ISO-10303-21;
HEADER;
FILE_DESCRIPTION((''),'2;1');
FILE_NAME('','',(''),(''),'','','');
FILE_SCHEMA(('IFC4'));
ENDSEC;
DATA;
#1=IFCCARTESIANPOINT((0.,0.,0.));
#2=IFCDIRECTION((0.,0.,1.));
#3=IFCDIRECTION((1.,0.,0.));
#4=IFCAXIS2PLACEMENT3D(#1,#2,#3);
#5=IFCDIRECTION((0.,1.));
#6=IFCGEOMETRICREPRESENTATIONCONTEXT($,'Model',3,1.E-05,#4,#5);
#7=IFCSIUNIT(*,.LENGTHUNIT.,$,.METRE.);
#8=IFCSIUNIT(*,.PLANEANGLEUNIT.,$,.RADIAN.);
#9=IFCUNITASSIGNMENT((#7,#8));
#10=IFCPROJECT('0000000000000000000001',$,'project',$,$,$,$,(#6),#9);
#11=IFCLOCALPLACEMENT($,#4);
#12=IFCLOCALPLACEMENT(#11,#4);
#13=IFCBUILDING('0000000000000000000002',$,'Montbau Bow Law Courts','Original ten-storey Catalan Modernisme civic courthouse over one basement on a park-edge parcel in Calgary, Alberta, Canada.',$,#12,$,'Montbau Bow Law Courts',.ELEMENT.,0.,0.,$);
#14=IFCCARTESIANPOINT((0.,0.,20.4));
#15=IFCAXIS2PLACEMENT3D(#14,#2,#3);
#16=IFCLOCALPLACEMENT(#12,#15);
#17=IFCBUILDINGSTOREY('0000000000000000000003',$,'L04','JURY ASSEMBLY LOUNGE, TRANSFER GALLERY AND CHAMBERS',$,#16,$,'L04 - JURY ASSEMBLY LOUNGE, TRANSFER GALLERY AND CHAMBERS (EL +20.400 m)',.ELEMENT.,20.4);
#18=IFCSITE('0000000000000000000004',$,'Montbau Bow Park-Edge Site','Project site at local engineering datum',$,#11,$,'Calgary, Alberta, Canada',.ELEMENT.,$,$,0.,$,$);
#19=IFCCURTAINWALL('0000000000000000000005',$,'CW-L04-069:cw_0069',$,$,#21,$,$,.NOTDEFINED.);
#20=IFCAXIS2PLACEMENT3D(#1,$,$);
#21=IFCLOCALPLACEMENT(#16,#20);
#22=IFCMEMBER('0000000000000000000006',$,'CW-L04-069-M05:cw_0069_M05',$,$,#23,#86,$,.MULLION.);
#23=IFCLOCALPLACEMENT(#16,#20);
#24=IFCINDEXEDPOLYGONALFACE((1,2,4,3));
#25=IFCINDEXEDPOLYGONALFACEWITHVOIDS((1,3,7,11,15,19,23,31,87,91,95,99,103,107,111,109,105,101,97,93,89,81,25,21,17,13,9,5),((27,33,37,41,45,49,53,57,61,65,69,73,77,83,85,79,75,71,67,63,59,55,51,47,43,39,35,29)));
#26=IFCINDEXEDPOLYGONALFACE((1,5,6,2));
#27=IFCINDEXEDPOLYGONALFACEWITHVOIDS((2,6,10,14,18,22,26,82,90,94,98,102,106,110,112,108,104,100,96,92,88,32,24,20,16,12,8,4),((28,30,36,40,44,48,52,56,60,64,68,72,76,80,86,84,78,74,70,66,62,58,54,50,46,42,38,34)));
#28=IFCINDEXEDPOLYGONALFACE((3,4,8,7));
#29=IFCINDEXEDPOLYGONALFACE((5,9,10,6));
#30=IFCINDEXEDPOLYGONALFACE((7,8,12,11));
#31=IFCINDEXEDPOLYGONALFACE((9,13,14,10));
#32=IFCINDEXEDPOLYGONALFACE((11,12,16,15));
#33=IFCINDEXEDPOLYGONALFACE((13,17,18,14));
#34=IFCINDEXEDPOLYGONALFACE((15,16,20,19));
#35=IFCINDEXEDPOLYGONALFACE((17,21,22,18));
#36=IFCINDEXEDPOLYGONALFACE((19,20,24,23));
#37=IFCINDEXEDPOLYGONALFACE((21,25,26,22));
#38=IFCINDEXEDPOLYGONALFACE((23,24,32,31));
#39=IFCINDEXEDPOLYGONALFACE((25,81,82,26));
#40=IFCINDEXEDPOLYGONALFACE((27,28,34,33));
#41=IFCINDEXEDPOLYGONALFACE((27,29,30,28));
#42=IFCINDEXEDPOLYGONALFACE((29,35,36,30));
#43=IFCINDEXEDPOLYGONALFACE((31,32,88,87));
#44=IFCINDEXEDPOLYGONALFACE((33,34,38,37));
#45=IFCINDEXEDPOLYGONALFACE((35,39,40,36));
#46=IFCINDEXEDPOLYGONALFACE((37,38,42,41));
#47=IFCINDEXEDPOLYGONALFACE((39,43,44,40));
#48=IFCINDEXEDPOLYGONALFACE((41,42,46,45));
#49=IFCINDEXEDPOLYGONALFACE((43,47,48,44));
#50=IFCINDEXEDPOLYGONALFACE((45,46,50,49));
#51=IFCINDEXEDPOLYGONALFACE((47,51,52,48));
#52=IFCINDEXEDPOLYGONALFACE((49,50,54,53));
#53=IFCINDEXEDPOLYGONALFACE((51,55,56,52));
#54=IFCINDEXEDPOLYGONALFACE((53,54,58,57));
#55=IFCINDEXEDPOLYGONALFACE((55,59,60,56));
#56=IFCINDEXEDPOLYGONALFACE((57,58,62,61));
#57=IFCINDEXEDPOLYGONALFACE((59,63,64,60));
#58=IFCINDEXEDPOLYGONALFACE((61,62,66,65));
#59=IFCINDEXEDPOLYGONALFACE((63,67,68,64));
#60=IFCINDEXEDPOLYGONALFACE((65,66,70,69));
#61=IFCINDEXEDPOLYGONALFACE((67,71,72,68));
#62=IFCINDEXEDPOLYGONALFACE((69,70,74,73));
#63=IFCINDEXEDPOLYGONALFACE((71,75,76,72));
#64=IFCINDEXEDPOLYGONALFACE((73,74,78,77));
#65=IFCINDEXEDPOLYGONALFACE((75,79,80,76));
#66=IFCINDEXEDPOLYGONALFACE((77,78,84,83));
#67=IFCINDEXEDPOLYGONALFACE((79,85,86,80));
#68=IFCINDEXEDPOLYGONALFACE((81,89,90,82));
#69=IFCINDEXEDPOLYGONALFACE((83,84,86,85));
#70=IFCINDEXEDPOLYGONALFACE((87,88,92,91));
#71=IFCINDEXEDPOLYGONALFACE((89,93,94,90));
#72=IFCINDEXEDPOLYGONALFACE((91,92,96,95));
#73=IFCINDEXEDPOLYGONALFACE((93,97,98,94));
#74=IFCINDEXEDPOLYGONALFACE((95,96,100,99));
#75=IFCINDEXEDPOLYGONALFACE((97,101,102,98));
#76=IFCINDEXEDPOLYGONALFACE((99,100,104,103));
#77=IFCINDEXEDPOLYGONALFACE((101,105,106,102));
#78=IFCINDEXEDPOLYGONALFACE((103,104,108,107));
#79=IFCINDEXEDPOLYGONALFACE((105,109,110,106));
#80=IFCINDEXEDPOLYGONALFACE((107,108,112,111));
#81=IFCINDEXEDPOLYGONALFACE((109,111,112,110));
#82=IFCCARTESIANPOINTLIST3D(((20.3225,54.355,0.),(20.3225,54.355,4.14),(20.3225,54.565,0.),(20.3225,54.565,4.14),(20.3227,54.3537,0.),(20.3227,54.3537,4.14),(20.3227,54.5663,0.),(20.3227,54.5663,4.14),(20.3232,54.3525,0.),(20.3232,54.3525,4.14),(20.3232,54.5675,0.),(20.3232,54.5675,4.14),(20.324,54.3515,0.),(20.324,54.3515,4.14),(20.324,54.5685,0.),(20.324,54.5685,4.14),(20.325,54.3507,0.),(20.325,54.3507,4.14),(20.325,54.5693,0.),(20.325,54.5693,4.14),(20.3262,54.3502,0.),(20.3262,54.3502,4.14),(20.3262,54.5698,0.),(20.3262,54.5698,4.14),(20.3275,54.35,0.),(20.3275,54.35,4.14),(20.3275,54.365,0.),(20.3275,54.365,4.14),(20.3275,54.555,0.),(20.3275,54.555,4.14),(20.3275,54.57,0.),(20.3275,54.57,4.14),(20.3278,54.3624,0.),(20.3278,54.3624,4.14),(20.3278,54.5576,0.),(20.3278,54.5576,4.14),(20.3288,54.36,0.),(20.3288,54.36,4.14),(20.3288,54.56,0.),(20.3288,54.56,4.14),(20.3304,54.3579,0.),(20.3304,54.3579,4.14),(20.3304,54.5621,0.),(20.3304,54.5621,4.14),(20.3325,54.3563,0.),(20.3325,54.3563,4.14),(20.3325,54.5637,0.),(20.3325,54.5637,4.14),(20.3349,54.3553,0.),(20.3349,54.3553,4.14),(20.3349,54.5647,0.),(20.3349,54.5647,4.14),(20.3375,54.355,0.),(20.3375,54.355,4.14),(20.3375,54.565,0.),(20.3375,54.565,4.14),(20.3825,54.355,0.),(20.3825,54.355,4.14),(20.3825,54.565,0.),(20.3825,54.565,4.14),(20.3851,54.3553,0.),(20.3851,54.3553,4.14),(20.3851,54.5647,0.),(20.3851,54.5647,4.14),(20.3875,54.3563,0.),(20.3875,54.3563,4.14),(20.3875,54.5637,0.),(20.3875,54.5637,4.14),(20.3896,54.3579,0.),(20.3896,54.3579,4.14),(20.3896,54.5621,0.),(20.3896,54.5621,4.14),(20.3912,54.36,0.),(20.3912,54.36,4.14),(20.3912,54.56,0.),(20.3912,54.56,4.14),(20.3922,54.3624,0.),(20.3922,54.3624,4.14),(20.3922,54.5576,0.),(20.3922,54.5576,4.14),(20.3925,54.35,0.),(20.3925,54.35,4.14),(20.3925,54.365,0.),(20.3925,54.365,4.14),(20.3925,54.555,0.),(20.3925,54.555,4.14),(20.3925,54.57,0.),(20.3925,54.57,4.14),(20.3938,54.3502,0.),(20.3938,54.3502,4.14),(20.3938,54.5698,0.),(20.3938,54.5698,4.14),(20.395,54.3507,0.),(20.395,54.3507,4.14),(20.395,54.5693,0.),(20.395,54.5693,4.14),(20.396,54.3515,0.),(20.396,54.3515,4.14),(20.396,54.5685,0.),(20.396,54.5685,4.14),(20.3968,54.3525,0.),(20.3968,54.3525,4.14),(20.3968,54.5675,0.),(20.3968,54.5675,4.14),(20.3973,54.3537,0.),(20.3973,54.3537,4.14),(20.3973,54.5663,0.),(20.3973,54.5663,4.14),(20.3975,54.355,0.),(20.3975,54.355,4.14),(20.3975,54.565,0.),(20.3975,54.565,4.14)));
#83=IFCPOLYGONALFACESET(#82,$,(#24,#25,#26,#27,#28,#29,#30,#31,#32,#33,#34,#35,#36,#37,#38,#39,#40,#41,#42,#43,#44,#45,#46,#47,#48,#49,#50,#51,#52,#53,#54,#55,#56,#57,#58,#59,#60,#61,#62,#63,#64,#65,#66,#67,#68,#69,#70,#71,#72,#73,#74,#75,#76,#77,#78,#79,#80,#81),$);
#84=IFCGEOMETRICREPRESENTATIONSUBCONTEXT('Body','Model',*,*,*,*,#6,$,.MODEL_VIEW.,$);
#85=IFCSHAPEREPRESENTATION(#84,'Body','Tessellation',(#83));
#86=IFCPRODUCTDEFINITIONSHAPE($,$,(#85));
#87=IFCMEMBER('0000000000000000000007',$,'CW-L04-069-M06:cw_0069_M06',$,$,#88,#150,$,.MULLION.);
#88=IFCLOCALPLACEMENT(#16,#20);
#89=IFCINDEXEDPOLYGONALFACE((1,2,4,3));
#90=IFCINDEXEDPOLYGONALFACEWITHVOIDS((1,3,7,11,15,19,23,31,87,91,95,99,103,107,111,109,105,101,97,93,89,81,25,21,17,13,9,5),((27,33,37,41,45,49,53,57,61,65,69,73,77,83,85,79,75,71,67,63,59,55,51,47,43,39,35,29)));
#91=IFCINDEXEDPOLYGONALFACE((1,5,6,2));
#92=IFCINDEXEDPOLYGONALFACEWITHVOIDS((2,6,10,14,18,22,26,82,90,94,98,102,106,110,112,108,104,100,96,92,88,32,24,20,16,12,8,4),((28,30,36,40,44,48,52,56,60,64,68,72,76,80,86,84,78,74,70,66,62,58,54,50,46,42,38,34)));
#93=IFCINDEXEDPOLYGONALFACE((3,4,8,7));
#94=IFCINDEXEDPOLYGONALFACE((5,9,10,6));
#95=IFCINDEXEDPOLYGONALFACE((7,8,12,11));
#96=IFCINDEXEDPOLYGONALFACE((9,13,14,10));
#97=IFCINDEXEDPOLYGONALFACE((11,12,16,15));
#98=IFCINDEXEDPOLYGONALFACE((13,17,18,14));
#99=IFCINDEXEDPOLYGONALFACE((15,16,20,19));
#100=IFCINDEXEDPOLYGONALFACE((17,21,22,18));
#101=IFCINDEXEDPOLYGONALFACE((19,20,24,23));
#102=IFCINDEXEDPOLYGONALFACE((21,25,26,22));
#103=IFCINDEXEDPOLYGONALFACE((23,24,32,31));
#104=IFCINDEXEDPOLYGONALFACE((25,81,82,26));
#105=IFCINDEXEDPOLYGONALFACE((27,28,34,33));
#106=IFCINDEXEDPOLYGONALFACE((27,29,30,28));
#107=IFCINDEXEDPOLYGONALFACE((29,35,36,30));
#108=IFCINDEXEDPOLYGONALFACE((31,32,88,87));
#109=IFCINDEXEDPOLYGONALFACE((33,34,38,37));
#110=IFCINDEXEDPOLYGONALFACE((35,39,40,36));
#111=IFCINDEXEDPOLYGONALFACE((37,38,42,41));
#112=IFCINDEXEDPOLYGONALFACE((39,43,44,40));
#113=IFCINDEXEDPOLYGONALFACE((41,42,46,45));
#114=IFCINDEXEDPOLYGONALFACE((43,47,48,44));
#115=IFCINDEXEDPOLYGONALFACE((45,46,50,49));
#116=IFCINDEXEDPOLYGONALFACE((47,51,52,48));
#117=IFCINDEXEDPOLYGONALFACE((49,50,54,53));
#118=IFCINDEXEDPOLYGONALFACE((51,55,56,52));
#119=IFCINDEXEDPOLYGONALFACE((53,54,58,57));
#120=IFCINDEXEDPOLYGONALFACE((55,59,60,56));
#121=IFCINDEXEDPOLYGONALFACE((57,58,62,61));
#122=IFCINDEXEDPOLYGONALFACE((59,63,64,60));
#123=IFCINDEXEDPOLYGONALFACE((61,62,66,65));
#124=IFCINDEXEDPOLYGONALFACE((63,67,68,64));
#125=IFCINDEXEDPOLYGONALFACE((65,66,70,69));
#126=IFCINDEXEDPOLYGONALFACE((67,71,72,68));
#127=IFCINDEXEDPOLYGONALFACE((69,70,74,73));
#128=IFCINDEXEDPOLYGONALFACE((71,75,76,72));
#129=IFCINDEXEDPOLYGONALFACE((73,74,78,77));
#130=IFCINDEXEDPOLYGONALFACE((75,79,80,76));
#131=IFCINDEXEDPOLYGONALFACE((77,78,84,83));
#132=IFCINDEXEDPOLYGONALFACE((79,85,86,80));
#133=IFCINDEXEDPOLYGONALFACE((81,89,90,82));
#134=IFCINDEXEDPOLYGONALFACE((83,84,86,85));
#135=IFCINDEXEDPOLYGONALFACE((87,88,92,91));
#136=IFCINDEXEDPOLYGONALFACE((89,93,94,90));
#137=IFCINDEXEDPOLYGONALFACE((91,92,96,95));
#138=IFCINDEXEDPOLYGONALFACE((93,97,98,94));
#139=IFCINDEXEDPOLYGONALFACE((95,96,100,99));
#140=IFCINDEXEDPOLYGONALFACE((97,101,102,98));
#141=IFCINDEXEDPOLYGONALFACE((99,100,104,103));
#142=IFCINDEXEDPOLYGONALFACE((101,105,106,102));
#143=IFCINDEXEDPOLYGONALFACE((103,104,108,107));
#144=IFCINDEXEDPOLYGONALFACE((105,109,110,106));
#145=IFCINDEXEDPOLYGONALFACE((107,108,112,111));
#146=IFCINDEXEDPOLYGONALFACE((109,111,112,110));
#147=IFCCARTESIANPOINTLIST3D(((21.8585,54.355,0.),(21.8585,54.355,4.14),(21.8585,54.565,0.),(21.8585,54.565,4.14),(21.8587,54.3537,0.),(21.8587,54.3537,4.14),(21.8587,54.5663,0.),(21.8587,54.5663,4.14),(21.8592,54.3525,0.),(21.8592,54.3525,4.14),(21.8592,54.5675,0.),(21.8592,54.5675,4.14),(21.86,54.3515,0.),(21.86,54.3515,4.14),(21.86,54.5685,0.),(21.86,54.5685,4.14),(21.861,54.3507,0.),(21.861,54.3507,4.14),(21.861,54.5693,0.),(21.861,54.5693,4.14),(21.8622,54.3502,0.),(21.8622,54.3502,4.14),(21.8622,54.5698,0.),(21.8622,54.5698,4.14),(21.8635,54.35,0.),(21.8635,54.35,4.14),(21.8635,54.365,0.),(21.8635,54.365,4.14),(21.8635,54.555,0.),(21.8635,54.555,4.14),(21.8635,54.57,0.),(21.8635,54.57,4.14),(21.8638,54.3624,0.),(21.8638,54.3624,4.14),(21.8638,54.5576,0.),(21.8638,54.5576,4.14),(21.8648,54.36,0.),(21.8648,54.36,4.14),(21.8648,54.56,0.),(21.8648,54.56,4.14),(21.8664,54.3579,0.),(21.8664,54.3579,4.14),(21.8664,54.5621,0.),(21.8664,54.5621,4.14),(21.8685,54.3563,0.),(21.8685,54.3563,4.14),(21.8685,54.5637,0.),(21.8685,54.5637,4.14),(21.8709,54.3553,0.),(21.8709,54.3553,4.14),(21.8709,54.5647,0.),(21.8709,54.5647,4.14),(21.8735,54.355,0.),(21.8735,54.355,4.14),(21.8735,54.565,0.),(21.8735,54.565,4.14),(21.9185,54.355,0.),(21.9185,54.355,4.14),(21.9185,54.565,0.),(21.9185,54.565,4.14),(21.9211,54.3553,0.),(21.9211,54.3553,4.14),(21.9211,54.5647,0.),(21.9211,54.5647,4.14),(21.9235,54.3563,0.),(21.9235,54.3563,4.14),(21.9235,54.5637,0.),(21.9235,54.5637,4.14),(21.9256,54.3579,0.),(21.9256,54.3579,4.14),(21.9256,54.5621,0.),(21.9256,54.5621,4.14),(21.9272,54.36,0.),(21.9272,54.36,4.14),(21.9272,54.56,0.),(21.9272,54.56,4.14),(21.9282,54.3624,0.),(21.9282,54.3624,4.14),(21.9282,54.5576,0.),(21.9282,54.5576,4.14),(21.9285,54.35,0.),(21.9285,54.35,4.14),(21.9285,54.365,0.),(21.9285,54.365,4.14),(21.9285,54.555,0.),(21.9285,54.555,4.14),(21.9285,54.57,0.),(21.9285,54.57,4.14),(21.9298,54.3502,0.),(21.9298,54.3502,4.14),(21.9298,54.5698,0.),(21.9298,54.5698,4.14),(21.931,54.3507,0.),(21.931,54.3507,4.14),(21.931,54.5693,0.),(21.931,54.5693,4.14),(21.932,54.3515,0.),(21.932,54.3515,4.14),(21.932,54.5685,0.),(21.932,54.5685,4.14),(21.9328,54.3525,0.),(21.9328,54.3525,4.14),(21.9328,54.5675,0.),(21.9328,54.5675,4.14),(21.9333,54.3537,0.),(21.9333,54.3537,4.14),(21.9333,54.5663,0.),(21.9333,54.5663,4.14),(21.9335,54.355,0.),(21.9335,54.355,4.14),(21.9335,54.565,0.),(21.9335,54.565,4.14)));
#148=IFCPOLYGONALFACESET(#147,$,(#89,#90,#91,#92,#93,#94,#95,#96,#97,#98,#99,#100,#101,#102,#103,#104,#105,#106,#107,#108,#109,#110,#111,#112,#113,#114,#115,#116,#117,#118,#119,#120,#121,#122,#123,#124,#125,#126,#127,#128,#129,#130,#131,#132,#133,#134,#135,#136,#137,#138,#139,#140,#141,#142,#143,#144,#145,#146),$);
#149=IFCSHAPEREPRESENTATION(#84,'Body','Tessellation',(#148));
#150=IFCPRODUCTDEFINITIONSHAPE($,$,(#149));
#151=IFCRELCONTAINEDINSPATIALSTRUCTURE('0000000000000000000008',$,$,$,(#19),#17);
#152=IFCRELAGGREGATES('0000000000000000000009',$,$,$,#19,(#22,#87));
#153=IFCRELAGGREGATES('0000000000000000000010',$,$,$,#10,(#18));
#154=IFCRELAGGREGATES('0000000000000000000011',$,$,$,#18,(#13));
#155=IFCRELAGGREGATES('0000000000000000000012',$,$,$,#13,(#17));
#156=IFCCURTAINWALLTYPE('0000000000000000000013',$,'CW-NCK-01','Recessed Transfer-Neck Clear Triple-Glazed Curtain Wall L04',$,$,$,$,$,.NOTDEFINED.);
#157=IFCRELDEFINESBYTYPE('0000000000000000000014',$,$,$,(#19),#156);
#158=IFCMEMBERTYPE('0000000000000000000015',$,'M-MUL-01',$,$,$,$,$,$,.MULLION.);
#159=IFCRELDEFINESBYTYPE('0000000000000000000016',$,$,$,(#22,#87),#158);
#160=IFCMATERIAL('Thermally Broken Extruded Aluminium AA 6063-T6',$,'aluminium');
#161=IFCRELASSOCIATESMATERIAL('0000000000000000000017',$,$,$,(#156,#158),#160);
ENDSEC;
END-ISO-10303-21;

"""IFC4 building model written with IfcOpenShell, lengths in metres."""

from ifc_helpers import new_model, si_unit, direction, frame, origin_with_axes, origin_2d_with_axis, place, context, subcontext, project, spatial, hollow_rectangle, extrude, material, material_profile, profile_set, type_object, element, aggregate, save


model = new_model("IFC4")

# Units and contexts
model_context = context("Model", 3, precision=1e-05, world=origin_with_axes(), true_north=direction((0.0, 1.0)))
body_context = subcontext(model_context, "Body", "Model", "MODEL_VIEW")
ifc_project = project(units=[si_unit("LENGTHUNIT", "METRE"), si_unit("PLANEANGLEUNIT", "RADIAN")], contexts=[model_context])

# Site, building, storey
site_placement = place(None, origin_with_axes())
site = spatial("IfcSite", under=ifc_project, at=site_placement, Name="Montbau Bow Park-Edge Site", Description="Project site at local engineering datum", LongName="Calgary, Alberta, Canada", CompositionType="ELEMENT", RefElevation=0.0)
building_placement = place(site_placement, origin_with_axes())
building = spatial("IfcBuilding", under=site, at=building_placement, Name="Montbau Bow Law Courts", Description="Original ten-storey Catalan Modernisme civic courthouse over one basement on a park-edge parcel in Calgary, Alberta, Canada.", LongName="Montbau Bow Law Courts", CompositionType="ELEMENT", ElevationOfRefHeight=0.0, ElevationOfTerrain=0.0)
storey_placement = place(building_placement, frame((0.0, 0.0, 20.4), z_axis=(0.0, 0.0, 1.0), x_axis=(1.0, 0.0, 0.0)))
storey = spatial("IfcBuildingStorey", under=building, at=storey_placement, Name="L04", Description="JURY ASSEMBLY LOUNGE, TRANSFER GALLERY AND CHAMBERS", LongName="L04 - JURY ASSEMBLY LOUNGE, TRANSFER GALLERY AND CHAMBERS (EL +20.400 m)", CompositionType="ELEMENT", Elevation=20.4)

# Curtain wall, members
ifc_material_1 = material(Name="Thermally Broken Extruded Aluminium AA 6063-T6", Category="aluminium")
curtain_wall_type = type_object("IfcCurtainWallType", Name="CW-NCK-01", Description="Recessed Transfer-Neck Clear Triple-Glazed Curtain Wall L04", PredefinedType="NOTDEFINED", material=ifc_material_1)
curtain_wall_1_placement = place(None, frame((14.068, 54.46, 20.4), z_axis=(0.0, 0.0, 1.0), x_axis=(1.0, 0.0, 0.0)))
curtain_wall_1 = element("IfcCurtainWall", 1, at=curtain_wall_1_placement, inside=storey, type_object=curtain_wall_type, Name="CW-L04-069:cw_0069", PredefinedType="NOTDEFINED")
ifc_material_profile_1 = material_profile(ifc_material_1, hollow_rectangle(XDim=0.075, YDim=0.22, WallThickness=0.005, InnerFilletRadius=0.01, OuterFilletRadius=0.005, at=origin_2d_with_axis()), Name="CWM-220X75", Category="Main", Priority=0)
ifc_profile_set_1 = profile_set([ifc_material_profile_1], Name="Thermally Broken Extruded Aluminium AA 6063-T6")
member_type_1 = type_object("IfcMemberType", Name="M-MUL-01", PredefinedType="MULLION", material=ifc_profile_set_1)
member_1_placement = place(None, frame((20.36, 54.46, 20.4), z_axis=(0.0, 0.0, 1.0), x_axis=(1.0, 0.0, 0.0)))
member_1 = element("IfcMember", 2, at=member_1_placement, type_object=member_type_1, Name="CW-L04-069-M05:cw_0069_M05", PredefinedType="MULLION", context=body_context, shape_type="SweptSolid", body=[
    extrude(hollow_rectangle(XDim=0.075, YDim=0.22, WallThickness=0.005, InnerFilletRadius=0.01, OuterFilletRadius=0.005, at=origin_2d_with_axis()), origin_with_axes(), (0.0, 0.0, 1.0), 4.14),
])
member_2_placement = place(None, frame((21.896, 54.46, 20.4), z_axis=(0.0, 0.0, 1.0), x_axis=(1.0, 0.0, 0.0)))
member_2 = element("IfcMember", 3, at=member_2_placement, type_object=member_type_1, Name="CW-L04-069-M06:cw_0069_M06", PredefinedType="MULLION", context=body_context, shape_type="SweptSolid", body=[
    extrude(hollow_rectangle(XDim=0.075, YDim=0.22, WallThickness=0.005, InnerFilletRadius=0.01, OuterFilletRadius=0.005, at=origin_2d_with_axis()), origin_with_axes(), (0.0, 0.0, 1.0), 4.14),
])

aggregate(curtain_wall_1, [member_1, member_2])

save(model, "model.ifc")
